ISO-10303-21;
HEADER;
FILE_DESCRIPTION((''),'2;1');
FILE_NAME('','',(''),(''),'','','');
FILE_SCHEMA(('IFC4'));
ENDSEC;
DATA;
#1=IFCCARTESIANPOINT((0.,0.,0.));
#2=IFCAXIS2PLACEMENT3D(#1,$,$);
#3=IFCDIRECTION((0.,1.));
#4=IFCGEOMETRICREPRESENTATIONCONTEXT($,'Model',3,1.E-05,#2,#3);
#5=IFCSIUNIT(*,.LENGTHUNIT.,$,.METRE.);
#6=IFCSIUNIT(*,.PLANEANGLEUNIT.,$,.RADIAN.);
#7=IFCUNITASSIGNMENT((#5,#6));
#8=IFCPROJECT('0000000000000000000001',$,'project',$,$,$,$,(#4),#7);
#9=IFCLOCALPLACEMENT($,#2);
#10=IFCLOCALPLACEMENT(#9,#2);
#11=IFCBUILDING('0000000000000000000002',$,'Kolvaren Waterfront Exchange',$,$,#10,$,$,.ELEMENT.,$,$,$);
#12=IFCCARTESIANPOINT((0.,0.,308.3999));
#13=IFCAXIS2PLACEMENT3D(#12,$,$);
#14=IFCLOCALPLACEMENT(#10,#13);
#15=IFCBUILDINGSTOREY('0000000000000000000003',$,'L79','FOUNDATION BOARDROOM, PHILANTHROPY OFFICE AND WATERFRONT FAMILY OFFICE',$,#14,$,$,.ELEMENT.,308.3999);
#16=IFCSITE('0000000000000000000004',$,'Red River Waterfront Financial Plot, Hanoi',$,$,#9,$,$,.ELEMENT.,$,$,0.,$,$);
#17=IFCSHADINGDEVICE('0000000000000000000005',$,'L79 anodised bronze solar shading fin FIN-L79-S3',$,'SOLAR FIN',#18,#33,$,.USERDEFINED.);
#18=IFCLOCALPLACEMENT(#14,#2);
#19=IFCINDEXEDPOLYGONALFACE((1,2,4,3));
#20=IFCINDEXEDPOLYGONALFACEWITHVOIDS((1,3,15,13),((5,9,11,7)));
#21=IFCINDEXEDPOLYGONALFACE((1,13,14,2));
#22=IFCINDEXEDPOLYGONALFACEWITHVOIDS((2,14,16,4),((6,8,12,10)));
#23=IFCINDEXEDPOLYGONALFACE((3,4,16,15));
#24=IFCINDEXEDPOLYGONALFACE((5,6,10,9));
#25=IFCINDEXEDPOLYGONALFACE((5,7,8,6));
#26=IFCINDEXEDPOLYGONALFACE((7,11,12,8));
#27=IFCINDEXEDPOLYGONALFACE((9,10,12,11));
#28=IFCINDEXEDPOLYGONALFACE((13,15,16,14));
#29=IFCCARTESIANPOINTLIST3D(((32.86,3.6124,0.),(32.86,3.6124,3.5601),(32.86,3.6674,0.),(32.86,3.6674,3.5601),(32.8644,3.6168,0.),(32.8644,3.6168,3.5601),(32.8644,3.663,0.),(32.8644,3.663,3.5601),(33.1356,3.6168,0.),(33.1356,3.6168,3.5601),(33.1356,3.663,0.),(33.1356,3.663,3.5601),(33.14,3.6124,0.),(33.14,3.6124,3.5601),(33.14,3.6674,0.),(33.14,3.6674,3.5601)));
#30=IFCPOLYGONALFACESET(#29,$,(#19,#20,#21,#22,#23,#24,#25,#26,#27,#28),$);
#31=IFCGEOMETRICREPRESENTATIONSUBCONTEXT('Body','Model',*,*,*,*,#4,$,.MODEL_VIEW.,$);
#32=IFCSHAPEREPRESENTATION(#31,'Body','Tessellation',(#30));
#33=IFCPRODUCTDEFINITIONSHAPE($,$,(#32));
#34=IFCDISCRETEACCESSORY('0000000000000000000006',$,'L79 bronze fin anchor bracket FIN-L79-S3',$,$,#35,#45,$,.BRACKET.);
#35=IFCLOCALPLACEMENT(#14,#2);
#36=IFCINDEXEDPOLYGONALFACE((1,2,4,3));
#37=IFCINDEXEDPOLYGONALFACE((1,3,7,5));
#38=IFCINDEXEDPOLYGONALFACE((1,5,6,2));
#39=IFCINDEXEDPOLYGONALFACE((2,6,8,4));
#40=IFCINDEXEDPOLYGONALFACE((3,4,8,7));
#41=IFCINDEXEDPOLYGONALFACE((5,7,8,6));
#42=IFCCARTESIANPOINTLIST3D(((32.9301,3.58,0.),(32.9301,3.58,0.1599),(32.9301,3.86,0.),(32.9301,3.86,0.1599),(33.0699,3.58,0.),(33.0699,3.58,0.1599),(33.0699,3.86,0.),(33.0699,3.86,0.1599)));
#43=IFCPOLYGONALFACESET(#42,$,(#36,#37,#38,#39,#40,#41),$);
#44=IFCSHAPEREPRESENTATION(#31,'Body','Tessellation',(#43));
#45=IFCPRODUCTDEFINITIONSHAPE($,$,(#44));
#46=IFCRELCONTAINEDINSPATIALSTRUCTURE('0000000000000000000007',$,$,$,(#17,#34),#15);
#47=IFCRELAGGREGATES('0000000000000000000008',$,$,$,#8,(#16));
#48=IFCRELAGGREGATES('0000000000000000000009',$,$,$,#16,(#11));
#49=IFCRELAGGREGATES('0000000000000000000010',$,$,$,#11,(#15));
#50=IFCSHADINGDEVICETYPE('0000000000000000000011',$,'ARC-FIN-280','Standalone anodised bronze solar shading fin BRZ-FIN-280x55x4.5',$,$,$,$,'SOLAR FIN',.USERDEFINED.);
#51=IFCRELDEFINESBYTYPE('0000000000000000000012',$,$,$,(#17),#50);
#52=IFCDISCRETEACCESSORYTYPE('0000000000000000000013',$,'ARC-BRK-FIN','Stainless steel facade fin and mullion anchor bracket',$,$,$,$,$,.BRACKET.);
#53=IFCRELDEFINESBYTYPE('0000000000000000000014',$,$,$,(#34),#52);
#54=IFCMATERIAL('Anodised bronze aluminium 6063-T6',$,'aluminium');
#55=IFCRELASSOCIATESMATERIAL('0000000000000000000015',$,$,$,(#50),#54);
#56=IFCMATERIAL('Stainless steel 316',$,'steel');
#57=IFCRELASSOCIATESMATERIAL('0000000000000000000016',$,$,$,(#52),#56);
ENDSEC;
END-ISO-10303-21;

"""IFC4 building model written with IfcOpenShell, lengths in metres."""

from ifc_helpers import new_model, si_unit, direction, frame, origin, origin_with_axes, origin_2d, place, context, subcontext, project, spatial, rectangle, hollow_rectangle, extrude, source, transform, mapped, material, material_profile, profile_set, type_object, element, save


model = new_model("IFC4")

# Units and contexts
model_context = context("Model", 3, precision=1e-05, world=origin(), true_north=direction((0.0, 1.0)))
body_context = subcontext(model_context, "Body", "Model", "MODEL_VIEW")
ifc_project = project(units=[si_unit("LENGTHUNIT", "METRE"), si_unit("PLANEANGLEUNIT", "RADIAN")], contexts=[model_context])

# Site, building, storey
site_placement = place(None, origin())
site = spatial("IfcSite", under=ifc_project, at=site_placement, Name="Red River Waterfront Financial Plot, Hanoi", CompositionType="ELEMENT", RefElevation=0.0)
building_placement = place(site_placement, origin())
building = spatial("IfcBuilding", under=site, at=building_placement, Name="Kolvaren Waterfront Exchange", CompositionType="ELEMENT")
storey_placement = place(building_placement, frame((0.0, 0.0, 308.3999)))
storey = spatial("IfcBuildingStorey", under=building, at=storey_placement, Name="L79", Description="FOUNDATION BOARDROOM, PHILANTHROPY OFFICE AND WATERFRONT FAMILY OFFICE", CompositionType="ELEMENT", Elevation=308.3999)

# Shared definitions
ifc_material_1 = material(Name="Anodised bronze aluminium 6063-T6", Category="aluminium")

# Shading device
ifc_material_profile_1 = material_profile(ifc_material_1, hollow_rectangle(XDim=0.0549, YDim=0.28, WallThickness=0.0044, at=origin_2d()), Name="BRZ-FIN-280x55x4.5")
ifc_profile_set_1 = profile_set([ifc_material_profile_1], Name="Anodised bronze aluminium 6063-T6")
shading_device_type = type_object("IfcShadingDeviceType", Name="ARC-FIN-280", Description="Standalone anodised bronze solar shading fin BRZ-FIN-280x55x4.5", ElementType="SOLAR FIN", PredefinedType="USERDEFINED", material=ifc_profile_set_1)
shading_device_placement = place(storey_placement, frame((33.0, 3.6399, 0.0), z_axis=(0.0, 0.0, 1.0), x_axis=(0.0, -1.0, 0.0)))
element("IfcShadingDevice", 1, at=shading_device_placement, inside=storey, type_object=shading_device_type, Name="L79 anodised bronze solar shading fin FIN-L79-S3", ObjectType="SOLAR FIN", PredefinedType="USERDEFINED", context=body_context, shape_type="SweptSolid", body=[
    extrude(hollow_rectangle(XDim=0.0549, YDim=0.28, WallThickness=0.0044, at=origin_2d()), origin(), (0.0, 0.0, 1.0), 3.5601),
])

# Discrete accessory
ifc_material_2 = material(Name="Stainless steel 316", Category="steel")
discrete_accessory_type = type_object("IfcDiscreteAccessoryType", Name="ARC-BRK-FIN", Description="Stainless steel facade fin and mullion anchor bracket", PredefinedType="BRACKET", material=ifc_material_2)
shared_shape_1 = source(origin_with_axes(), body_context, "Body", "SweptSolid", [
    extrude(rectangle(XDim=0.28, YDim=0.1399, at=origin_2d()), origin(), (0.0, 0.0, 1.0), 0.1599),
])
discrete_accessory_placement = place(storey_placement, frame((33.0, 3.72, 0.0), z_axis=(0.0, 0.0, 1.0), x_axis=(0.0, -1.0, 0.0)))
element("IfcDiscreteAccessory", 2, at=discrete_accessory_placement, inside=storey, type_object=discrete_accessory_type, Name="L79 bronze fin anchor bracket FIN-L79-S3", PredefinedType="BRACKET", context=body_context, shape_type="MappedRepresentation", body=[
    mapped(shared_shape_1, transform((0.0, 0.0, 0.0), x_axis=(1.0, 0.0, 0.0), y_axis=(0.0, 1.0, 0.0), z_axis=(0.0, 0.0, 1.0), scale=1.0)),
])

save(model, "model.ifc")
